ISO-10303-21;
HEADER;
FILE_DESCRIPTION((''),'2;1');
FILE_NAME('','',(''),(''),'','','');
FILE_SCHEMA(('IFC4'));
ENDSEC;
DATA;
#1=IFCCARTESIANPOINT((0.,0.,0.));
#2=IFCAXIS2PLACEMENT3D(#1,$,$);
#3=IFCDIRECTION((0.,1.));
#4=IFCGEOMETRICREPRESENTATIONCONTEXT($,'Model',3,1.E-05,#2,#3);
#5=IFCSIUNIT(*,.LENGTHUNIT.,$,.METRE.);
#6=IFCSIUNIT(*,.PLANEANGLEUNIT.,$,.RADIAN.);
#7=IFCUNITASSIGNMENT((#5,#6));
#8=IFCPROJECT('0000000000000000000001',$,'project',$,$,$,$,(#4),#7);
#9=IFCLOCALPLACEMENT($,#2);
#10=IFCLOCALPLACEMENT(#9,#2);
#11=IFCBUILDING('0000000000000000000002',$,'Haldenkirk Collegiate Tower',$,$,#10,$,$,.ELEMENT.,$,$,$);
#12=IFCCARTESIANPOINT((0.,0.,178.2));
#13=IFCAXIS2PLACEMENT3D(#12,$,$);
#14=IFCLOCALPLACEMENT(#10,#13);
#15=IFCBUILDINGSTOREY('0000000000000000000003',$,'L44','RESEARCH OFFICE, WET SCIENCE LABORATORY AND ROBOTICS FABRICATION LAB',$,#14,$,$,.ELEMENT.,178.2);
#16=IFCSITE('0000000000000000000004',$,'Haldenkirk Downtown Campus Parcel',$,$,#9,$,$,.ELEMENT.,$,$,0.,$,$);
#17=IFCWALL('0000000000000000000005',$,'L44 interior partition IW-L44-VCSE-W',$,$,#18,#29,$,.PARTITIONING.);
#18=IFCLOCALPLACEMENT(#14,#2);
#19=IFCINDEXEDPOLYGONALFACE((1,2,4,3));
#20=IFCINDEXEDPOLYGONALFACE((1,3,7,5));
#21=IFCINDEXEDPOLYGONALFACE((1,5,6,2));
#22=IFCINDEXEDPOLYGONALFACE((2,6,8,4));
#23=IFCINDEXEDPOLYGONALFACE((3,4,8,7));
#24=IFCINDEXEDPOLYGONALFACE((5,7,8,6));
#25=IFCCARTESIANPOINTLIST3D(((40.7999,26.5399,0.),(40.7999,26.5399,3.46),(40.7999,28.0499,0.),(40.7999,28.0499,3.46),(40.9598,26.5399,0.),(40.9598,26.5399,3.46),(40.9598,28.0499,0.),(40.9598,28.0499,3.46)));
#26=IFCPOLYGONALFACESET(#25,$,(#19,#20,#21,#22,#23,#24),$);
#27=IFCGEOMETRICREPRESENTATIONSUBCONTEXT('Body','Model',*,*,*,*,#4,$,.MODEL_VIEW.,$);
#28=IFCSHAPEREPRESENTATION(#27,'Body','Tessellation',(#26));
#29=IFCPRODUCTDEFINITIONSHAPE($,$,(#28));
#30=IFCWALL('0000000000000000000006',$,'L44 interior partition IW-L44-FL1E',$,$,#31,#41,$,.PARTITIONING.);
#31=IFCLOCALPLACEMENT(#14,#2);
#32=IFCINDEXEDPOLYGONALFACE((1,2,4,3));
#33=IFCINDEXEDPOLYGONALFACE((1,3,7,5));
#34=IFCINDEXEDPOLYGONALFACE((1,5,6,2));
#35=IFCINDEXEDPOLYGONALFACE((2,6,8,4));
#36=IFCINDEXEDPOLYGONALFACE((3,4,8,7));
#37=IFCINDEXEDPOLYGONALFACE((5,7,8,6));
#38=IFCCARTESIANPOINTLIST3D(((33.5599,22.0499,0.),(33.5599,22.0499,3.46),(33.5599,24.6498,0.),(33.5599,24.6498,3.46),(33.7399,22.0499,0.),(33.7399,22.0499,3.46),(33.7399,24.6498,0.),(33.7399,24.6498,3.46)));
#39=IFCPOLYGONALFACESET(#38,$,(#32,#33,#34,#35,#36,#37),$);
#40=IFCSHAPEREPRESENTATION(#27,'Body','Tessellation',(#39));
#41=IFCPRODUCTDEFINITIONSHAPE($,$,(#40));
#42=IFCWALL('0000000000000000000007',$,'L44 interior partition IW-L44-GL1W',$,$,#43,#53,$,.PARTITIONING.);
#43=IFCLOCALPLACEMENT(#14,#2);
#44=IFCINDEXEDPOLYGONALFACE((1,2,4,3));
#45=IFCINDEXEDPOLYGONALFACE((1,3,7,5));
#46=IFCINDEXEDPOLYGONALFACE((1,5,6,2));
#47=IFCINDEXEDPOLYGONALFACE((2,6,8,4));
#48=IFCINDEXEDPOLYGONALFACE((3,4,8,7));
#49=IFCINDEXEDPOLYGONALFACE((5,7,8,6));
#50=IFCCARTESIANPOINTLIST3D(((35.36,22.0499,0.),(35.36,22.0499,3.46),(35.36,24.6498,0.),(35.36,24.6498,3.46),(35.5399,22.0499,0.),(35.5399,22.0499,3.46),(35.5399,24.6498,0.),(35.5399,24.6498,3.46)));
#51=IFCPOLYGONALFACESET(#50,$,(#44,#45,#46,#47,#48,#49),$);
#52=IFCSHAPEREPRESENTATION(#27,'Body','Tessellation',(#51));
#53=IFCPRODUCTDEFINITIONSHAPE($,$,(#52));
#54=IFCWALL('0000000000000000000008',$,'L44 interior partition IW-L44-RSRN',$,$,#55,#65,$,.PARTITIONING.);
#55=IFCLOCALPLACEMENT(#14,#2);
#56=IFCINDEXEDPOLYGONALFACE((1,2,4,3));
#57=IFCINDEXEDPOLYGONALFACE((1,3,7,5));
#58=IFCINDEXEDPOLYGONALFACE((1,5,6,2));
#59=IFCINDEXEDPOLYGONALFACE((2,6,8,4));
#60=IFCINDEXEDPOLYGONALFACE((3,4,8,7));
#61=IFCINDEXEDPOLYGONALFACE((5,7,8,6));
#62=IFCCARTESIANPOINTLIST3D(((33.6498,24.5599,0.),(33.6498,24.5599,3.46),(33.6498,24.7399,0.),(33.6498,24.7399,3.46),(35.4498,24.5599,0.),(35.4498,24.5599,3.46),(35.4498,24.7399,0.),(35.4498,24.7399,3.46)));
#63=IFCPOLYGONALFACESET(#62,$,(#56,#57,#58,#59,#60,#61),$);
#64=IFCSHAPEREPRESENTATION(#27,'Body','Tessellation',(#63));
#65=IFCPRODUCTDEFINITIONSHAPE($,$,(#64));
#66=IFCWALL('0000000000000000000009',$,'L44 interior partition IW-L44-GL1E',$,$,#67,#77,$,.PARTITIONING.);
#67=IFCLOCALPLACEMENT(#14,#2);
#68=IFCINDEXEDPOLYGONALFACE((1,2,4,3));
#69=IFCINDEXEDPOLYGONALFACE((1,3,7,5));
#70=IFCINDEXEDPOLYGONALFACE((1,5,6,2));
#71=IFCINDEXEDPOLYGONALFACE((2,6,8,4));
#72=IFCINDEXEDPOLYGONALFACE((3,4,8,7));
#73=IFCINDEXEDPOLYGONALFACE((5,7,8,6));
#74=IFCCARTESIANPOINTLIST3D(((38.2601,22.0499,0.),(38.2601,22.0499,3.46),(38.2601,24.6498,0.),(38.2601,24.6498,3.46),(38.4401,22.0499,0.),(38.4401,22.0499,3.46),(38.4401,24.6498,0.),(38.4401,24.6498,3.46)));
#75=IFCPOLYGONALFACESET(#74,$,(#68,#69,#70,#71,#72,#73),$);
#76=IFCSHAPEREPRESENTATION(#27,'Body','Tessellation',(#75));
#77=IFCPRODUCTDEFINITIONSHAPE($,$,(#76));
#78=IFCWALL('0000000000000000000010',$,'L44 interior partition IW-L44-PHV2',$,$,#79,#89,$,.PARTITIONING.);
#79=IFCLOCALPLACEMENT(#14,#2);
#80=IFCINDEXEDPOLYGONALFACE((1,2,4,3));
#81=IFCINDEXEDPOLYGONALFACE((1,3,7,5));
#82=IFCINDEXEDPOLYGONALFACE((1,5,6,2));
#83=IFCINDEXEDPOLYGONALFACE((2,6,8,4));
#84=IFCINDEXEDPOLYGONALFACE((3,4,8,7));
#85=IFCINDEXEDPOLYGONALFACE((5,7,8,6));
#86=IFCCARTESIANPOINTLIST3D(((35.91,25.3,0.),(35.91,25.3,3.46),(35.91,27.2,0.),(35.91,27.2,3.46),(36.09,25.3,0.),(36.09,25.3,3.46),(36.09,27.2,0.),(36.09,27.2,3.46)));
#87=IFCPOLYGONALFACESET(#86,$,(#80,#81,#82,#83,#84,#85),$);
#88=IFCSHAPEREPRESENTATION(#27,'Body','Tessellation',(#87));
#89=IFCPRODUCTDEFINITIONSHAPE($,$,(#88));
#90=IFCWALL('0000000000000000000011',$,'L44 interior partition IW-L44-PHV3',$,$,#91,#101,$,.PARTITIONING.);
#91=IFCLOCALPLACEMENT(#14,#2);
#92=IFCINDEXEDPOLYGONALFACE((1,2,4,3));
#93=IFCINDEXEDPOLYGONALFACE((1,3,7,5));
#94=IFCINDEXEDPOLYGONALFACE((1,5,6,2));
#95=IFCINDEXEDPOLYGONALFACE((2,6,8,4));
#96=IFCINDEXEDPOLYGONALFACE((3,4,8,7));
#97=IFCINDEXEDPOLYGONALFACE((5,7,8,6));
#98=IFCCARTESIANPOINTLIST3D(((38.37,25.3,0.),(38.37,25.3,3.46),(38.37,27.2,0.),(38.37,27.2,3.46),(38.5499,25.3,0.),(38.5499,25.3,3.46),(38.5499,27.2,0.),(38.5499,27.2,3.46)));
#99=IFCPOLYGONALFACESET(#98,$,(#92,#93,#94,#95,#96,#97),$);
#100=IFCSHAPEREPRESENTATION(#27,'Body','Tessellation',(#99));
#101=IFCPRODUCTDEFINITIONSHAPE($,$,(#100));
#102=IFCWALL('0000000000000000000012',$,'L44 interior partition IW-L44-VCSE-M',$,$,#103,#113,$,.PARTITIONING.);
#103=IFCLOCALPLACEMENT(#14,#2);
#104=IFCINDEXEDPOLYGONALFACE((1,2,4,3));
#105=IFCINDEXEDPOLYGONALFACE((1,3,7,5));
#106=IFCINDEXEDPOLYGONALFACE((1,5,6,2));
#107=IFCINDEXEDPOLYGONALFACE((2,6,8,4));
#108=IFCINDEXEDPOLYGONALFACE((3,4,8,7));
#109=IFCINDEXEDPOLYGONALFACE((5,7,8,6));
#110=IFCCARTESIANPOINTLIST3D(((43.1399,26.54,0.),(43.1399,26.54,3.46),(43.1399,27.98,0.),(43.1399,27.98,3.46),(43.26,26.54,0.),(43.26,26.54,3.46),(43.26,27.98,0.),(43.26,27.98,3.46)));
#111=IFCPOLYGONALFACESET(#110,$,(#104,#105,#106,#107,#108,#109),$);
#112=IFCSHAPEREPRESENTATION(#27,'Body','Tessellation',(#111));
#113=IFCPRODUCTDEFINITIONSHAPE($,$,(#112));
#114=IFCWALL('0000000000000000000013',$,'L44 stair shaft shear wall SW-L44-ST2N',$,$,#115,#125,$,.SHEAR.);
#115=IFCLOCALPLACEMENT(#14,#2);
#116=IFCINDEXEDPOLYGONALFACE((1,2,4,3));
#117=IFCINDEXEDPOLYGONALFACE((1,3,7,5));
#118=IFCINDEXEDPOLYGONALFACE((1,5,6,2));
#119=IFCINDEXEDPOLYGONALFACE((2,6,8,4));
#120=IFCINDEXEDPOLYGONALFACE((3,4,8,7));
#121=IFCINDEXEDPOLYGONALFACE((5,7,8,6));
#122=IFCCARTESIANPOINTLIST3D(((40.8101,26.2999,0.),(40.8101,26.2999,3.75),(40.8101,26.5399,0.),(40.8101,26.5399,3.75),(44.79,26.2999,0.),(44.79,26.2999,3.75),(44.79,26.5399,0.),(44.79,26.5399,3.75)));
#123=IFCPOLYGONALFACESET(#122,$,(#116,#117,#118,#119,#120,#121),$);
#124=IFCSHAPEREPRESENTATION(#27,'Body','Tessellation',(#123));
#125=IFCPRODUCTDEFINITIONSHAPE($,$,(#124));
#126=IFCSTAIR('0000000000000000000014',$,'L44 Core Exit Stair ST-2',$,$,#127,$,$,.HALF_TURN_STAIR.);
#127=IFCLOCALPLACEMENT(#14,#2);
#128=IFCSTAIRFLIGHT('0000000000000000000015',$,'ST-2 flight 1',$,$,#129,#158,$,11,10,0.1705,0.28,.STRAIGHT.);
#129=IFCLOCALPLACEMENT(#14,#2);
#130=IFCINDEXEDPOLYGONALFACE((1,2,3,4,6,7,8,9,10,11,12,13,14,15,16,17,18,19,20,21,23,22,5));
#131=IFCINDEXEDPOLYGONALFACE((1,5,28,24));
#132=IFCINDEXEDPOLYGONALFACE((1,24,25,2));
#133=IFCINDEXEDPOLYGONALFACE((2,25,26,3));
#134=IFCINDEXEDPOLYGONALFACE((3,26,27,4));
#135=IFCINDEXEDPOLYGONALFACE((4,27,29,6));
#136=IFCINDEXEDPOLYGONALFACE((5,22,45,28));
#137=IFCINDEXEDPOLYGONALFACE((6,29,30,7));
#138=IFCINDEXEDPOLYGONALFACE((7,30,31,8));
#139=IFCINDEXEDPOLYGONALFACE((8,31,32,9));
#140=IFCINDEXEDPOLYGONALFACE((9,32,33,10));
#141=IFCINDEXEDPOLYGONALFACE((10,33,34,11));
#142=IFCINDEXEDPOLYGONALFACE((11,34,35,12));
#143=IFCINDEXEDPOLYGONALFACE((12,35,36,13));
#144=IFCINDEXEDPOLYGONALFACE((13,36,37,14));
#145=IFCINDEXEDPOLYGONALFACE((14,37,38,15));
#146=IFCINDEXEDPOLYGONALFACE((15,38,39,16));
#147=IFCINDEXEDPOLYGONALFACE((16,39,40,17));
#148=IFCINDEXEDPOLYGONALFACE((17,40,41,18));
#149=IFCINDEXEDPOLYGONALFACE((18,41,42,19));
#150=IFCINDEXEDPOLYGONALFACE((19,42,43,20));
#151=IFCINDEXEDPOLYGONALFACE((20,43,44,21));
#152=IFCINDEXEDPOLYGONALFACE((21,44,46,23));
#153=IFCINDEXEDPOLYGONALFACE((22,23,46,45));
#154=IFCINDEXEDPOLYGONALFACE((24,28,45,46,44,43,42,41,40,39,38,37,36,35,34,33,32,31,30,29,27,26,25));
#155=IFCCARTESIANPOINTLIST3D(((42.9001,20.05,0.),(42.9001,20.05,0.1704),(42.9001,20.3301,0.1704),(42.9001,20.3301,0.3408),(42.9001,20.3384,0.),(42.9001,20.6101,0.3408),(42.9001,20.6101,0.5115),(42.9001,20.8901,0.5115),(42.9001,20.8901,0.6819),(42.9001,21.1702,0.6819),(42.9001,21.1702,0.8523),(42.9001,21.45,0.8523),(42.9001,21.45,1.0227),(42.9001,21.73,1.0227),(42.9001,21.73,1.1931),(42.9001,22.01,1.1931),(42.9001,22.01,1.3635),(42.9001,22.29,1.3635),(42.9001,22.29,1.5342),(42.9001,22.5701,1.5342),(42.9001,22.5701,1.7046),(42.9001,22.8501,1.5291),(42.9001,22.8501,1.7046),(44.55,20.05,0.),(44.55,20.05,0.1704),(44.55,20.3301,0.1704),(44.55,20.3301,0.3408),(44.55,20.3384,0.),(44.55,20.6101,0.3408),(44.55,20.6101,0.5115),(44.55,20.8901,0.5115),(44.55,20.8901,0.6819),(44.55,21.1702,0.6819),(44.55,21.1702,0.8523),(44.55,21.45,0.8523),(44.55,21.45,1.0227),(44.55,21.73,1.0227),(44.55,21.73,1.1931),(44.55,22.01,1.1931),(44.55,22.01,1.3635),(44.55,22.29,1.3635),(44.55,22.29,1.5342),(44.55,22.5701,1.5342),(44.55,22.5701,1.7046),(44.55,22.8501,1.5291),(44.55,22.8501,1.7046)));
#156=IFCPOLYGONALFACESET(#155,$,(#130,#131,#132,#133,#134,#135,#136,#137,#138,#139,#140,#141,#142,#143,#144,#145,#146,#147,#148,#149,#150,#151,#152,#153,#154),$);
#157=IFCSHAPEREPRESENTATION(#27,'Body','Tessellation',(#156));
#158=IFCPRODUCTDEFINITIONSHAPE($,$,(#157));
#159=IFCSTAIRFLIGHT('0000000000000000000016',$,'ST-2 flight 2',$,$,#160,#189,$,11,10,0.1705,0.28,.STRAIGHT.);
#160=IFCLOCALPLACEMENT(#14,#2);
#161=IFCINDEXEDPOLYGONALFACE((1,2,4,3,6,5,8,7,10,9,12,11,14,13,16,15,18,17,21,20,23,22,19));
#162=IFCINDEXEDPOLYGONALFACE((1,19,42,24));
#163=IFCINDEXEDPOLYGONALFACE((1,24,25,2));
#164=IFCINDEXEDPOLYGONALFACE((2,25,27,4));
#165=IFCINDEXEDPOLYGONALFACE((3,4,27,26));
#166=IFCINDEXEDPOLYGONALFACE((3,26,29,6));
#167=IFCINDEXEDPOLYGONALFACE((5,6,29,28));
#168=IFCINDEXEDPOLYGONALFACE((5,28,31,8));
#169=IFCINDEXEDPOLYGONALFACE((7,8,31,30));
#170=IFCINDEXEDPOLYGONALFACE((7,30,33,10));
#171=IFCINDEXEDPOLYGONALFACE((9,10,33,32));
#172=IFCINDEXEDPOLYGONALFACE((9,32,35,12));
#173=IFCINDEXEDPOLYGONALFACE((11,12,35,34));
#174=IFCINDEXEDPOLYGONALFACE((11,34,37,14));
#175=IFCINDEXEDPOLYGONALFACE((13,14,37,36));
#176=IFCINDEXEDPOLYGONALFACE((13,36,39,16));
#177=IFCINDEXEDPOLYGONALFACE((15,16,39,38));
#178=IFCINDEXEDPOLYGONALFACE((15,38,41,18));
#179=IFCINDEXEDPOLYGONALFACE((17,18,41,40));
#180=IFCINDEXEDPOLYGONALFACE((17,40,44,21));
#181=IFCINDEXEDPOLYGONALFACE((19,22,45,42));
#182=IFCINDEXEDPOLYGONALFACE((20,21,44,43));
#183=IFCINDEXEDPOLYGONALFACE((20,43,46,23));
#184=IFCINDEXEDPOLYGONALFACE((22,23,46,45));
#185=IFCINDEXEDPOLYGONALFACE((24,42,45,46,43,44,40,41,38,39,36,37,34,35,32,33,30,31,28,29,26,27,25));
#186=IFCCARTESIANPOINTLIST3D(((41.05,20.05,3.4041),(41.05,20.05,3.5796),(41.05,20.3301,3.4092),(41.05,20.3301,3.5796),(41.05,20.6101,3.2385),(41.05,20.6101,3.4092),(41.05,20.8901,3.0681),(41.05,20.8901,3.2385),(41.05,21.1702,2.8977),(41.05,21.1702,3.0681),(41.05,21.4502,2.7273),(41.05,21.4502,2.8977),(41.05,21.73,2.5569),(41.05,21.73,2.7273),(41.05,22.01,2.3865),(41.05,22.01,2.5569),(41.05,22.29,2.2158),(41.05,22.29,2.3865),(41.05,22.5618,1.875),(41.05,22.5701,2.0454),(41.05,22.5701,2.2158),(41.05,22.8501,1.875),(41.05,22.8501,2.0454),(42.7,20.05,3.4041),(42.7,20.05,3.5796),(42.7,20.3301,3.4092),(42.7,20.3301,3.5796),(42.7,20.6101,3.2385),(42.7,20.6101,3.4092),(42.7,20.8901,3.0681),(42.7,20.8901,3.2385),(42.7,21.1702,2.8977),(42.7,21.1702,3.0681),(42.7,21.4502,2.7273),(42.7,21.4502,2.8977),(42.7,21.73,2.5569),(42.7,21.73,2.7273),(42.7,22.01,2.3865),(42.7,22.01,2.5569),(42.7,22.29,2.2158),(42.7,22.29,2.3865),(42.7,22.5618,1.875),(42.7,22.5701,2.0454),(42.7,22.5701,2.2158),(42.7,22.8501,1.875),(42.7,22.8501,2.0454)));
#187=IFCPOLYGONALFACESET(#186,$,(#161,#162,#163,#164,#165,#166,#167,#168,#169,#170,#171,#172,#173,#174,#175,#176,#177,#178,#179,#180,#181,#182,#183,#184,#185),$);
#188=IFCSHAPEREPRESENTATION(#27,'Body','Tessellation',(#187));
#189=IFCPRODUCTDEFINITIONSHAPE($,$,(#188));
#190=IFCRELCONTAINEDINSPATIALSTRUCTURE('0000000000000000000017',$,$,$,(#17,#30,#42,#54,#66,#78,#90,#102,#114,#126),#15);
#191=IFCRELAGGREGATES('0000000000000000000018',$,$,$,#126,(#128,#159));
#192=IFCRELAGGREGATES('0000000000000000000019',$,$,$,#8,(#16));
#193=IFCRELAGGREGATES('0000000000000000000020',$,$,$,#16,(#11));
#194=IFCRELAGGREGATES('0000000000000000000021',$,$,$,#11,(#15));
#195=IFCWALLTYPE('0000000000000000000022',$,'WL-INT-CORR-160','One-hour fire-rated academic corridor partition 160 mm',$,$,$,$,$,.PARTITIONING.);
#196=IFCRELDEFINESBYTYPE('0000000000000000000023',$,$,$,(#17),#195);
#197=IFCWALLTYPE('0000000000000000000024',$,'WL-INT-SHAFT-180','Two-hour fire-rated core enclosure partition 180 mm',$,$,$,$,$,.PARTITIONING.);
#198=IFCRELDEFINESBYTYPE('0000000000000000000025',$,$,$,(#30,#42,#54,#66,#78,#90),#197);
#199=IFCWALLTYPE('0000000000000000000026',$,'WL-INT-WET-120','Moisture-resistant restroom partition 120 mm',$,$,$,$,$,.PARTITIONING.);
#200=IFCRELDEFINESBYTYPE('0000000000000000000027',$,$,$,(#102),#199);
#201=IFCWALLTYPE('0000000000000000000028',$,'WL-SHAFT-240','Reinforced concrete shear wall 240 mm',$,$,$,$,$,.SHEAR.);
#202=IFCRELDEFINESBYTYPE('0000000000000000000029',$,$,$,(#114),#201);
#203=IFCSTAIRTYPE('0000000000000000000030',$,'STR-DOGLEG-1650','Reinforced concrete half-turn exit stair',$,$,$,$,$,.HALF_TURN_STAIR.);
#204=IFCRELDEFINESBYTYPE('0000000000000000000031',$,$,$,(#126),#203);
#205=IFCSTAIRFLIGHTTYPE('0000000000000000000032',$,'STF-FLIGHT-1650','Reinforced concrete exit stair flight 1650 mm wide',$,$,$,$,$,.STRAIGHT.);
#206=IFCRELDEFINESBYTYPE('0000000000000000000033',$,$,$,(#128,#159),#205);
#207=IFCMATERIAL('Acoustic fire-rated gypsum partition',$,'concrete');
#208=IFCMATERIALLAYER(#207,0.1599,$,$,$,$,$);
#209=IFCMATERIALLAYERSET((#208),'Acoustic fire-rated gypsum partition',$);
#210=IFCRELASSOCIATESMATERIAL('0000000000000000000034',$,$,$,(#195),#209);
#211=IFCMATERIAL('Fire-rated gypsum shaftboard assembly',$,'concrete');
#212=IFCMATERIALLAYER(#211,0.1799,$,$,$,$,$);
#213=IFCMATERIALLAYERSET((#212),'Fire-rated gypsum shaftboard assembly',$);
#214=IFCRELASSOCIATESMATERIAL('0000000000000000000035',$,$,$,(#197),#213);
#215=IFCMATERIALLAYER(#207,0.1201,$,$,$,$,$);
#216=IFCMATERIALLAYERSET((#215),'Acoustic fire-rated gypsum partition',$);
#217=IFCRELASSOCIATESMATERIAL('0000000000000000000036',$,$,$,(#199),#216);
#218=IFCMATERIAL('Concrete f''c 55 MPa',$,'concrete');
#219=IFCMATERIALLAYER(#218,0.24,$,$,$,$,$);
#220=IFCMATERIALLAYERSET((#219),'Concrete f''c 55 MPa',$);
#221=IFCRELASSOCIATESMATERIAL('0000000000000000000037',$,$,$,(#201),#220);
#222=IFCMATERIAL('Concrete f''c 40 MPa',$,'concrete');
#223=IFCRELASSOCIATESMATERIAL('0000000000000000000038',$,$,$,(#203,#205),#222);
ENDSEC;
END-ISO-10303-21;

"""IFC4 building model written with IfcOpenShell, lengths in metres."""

from ifc_helpers import new_model, si_unit, direction, frame, frame_2d, origin, place, context, subcontext, project, spatial, polyline, rectangle, outline, extrude, material, layer, layer_set, type_object, element, aggregate, save


model = new_model("IFC4")

# Units and contexts
model_context = context("Model", 3, precision=1e-05, world=origin(), true_north=direction((0.0, 1.0)))
body_context = subcontext(model_context, "Body", "Model", "MODEL_VIEW")
ifc_project = project(units=[si_unit("LENGTHUNIT", "METRE"), si_unit("PLANEANGLEUNIT", "RADIAN")], contexts=[model_context])

# Site, building, storey
site_placement = place(None, origin())
site = spatial("IfcSite", under=ifc_project, at=site_placement, Name="Haldenkirk Downtown Campus Parcel", CompositionType="ELEMENT", RefElevation=0.0)
building_placement = place(site_placement, origin())
building = spatial("IfcBuilding", under=site, at=building_placement, Name="Haldenkirk Collegiate Tower", CompositionType="ELEMENT")
storey_placement = place(building_placement, frame((0.0, 0.0, 178.2)))
storey = spatial("IfcBuildingStorey", under=building, at=storey_placement, Name="L44", Description="RESEARCH OFFICE, WET SCIENCE LABORATORY AND ROBOTICS FABRICATION LAB", CompositionType="ELEMENT", Elevation=178.2)

# Walls
ifc_material_1 = material(Name="Acoustic fire-rated gypsum partition", Category="concrete")
ifc_layer_1 = layer(ifc_material_1, 0.1599)
ifc_layer_set_1 = layer_set([ifc_layer_1], Name="Acoustic fire-rated gypsum partition")
wall_type_1 = type_object("IfcWallType", Name="WL-INT-CORR-160", Description="One-hour fire-rated academic corridor partition 160 mm", PredefinedType="PARTITIONING", material=ifc_layer_set_1)
wall_1_placement = place(storey_placement, frame((40.8799, 26.54, 0.0), z_axis=(0.0, 0.0, 1.0), x_axis=(0.0, 1.0, 0.0)))
element("IfcWall", 1, at=wall_1_placement, inside=storey, type_object=wall_type_1, Name="L44 interior partition IW-L44-VCSE-W", PredefinedType="PARTITIONING", context=body_context, shape_type="SweptSolid", body=[
    extrude(rectangle(XDim=1.51, YDim=0.1599, at=frame_2d((0.7549, 0.0))), origin(), (0.0, 0.0, 1.0), 3.46),
])
ifc_material_2 = material(Name="Fire-rated gypsum shaftboard assembly", Category="concrete")
ifc_layer_2 = layer(ifc_material_2, 0.1799)
ifc_layer_set_2 = layer_set([ifc_layer_2], Name="Fire-rated gypsum shaftboard assembly")
wall_type_2 = type_object("IfcWallType", Name="WL-INT-SHAFT-180", Description="Two-hour fire-rated core enclosure partition 180 mm", PredefinedType="PARTITIONING", material=ifc_layer_set_2)
for number, where, z_axis, x_axis, name in (
    (2, (33.6499, 22.05, 0.0), (0.0, 0.0, 1.0), (0.0, 1.0, 0.0), "L44 interior partition IW-L44-FL1E"),
    (3, (35.45, 22.05, 0.0), (0.0, 0.0, 1.0), (0.0, 1.0, 0.0), "L44 interior partition IW-L44-GL1W"),
):
    element("IfcWall", number, at=place(storey_placement, frame(where, z_axis=z_axis, x_axis=x_axis)), inside=storey, type_object=wall_type_2, Name=name, PredefinedType="PARTITIONING", context=body_context, shape_type="SweptSolid", body=[
        extrude(rectangle(XDim=2.5999, YDim=0.1799, at=frame_2d((1.2998, 0.0))), origin(), (0.0, 0.0, 1.0), 3.46),
    ])
wall_2_placement = place(storey_placement, frame((33.6499, 24.6499, 0.0), z_axis=(0.0, 0.0, 1.0), x_axis=(1.0, 0.0, 0.0)))
element("IfcWall", 4, at=wall_2_placement, inside=storey, type_object=wall_type_2, Name="L44 interior partition IW-L44-RSRN", PredefinedType="PARTITIONING", context=body_context, shape_type="SweptSolid", body=[
    extrude(rectangle(XDim=1.8, YDim=0.1799, at=frame_2d((0.8999, 0.0))), origin(), (0.0, 0.0, 1.0), 3.46),
])
wall_3_placement = place(storey_placement, frame((38.3501, 22.05, 0.0), z_axis=(0.0, 0.0, 1.0), x_axis=(0.0, 1.0, 0.0)))
element("IfcWall", 5, at=wall_3_placement, inside=storey, type_object=wall_type_2, Name="L44 interior partition IW-L44-GL1E", PredefinedType="PARTITIONING", context=body_context, shape_type="SweptSolid", body=[
    extrude(rectangle(XDim=2.5999, YDim=0.1799, at=frame_2d((1.2998, 0.0))), origin(), (0.0, 0.0, 1.0), 3.46),
])
for number, where, z_axis, x_axis, name in (
    (6, (36.0, 25.3, 0.0), (0.0, 0.0, 1.0), (0.0, 1.0, 0.0), "L44 interior partition IW-L44-PHV2"),
    (7, (38.46, 25.3, 0.0), (0.0, 0.0, 1.0), (0.0, 1.0, 0.0), "L44 interior partition IW-L44-PHV3"),
):
    element("IfcWall", number, at=place(storey_placement, frame(where, z_axis=z_axis, x_axis=x_axis)), inside=storey, type_object=wall_type_2, Name=name, PredefinedType="PARTITIONING", context=body_context, shape_type="SweptSolid", body=[
        extrude(rectangle(XDim=1.8999, YDim=0.1799, at=frame_2d((0.95, 0.0))), origin(), (0.0, 0.0, 1.0), 3.46),
    ])

# Walls
ifc_layer_3 = layer(ifc_material_1, 0.1201)
ifc_layer_set_3 = layer_set([ifc_layer_3], Name="Acoustic fire-rated gypsum partition")
wall_type_3 = type_object("IfcWallType", Name="WL-INT-WET-120", Description="Moisture-resistant restroom partition 120 mm", PredefinedType="PARTITIONING", material=ifc_layer_set_3)
wall_4_placement = place(storey_placement, frame((43.2, 26.54, 0.0), z_axis=(0.0, 0.0, 1.0), x_axis=(0.0, 1.0, 0.0)))
element("IfcWall", 8, at=wall_4_placement, inside=storey, type_object=wall_type_3, Name="L44 interior partition IW-L44-VCSE-M", PredefinedType="PARTITIONING", context=body_context, shape_type="SweptSolid", body=[
    extrude(rectangle(XDim=1.4399, YDim=0.1201, at=frame_2d((0.72, 0.0))), origin(), (0.0, 0.0, 1.0), 3.46),
])
ifc_material_3 = material(Name="Concrete f'c 55 MPa", Category="concrete")
ifc_layer_4 = layer(ifc_material_3, 0.24)
ifc_layer_set_4 = layer_set([ifc_layer_4], Name="Concrete f'c 55 MPa")
wall_type_4 = type_object("IfcWallType", Name="WL-SHAFT-240", Description="Reinforced concrete shear wall 240 mm", PredefinedType="SHEAR", material=ifc_layer_set_4)
wall_5_placement = place(storey_placement, frame((40.8101, 26.4199, 0.0), z_axis=(0.0, 0.0, 1.0), x_axis=(1.0, 0.0, 0.0)))
element("IfcWall", 9, at=wall_5_placement, inside=storey, type_object=wall_type_4, Name="L44 stair shaft shear wall SW-L44-ST2N", PredefinedType="SHEAR", context=body_context, shape_type="SweptSolid", body=[
    extrude(rectangle(XDim=3.98, YDim=0.24, at=frame_2d((1.99, 0.0))), origin(), (0.0, 0.0, 1.0), 3.75),
])

# Stair, stair flights
ifc_material_4 = material(Name="Concrete f'c 40 MPa", Category="concrete")
stair_type = type_object("IfcStairType", Name="STR-DOGLEG-1650", Description="Reinforced concrete half-turn exit stair", PredefinedType="HALF_TURN_STAIR", material=ifc_material_4)
stair_placement = place(storey_placement, origin())
stair = element("IfcStair", 10, at=stair_placement, inside=storey, type_object=stair_type, Name="L44 Core Exit Stair ST-2", PredefinedType="HALF_TURN_STAIR")
stair_flight_type = type_object("IfcStairFlightType", Name="STF-FLIGHT-1650", Description="Reinforced concrete exit stair flight 1650 mm wide", PredefinedType="STRAIGHT", material=ifc_material_4)
stair_flight_1_placement = place(storey_placement, frame((43.7251, 20.05, 0.0), z_axis=(0.0, 0.0, 1.0), x_axis=(0.0, 1.0, 0.0)))
stair_flight_1 = element("IfcStairFlight", 11, at=stair_flight_1_placement, type_object=stair_flight_type, Name="ST-2 flight 1", NumberOfRisers=11, NumberOfTreads=10, PredefinedType="STRAIGHT", RiserHeight=0.1705, TreadLength=0.28, context=body_context, shape_type="SweptSolid", body=[
    extrude(outline(polyline([(0.0, 0.0), (0.0, 0.1704), (0.28, 0.1704), (0.28, 0.3408), (0.5601, 0.3408), (0.5601, 0.5115), (0.8401, 0.5115), (0.8401, 0.6819), (1.1201, 0.6819), (1.1201, 0.8523), (1.3999, 0.8523), (1.3999, 1.0227), (1.6799, 1.0227), (1.6799, 1.1931), (1.96, 1.1931), (1.96, 1.3635), (2.24, 1.3635), (2.24, 1.5342), (2.52, 1.5342), (2.52, 1.7046), (2.8, 1.7046), (2.8, 1.875), (2.8, 1.5291), (0.2883, 0.0), (0.0, 0.0)])), frame((0.0, 0.825, 0.0), z_axis=(0.0, -1.0, 0.0), x_axis=(1.0, 0.0, 0.0)), (0.0, 0.0, 1.0), 1.6499),
])
stair_flight_2_placement = place(storey_placement, frame((41.875, 22.8501, 1.875), z_axis=(0.0, 0.0, 1.0), x_axis=(0.0, -1.0, 0.0)))
stair_flight_2 = element("IfcStairFlight", 12, at=stair_flight_2_placement, type_object=stair_flight_type, Name="ST-2 flight 2", NumberOfRisers=11, NumberOfTreads=10, PredefinedType="STRAIGHT", RiserHeight=0.1705, TreadLength=0.28, context=body_context, shape_type="SweptSolid", body=[
    extrude(outline(polyline([(0.0, 0.0), (0.0, 0.1704), (0.28, 0.1704), (0.28, 0.3408), (0.5601, 0.3408), (0.5601, 0.5115), (0.8401, 0.5115), (0.8401, 0.6819), (1.1201, 0.6819), (1.1201, 0.8523), (1.3999, 0.8523), (1.3999, 1.0227), (1.6799, 1.0227), (1.6799, 1.1931), (1.96, 1.1931), (1.96, 1.3635), (2.24, 1.3635), (2.24, 1.5342), (2.52, 1.5342), (2.52, 1.7046), (2.8, 1.7046), (2.8, 1.875), (2.8, 1.5291), (0.2883, 0.0), (0.0, 0.0)])), frame((0.0, 0.825, 0.0), z_axis=(0.0, -1.0, 0.0), x_axis=(1.0, 0.0, 0.0)), (0.0, 0.0, 1.0), 1.6499),
])
aggregate(stair, [stair_flight_1, stair_flight_2])

save(model, "model.ifc")
